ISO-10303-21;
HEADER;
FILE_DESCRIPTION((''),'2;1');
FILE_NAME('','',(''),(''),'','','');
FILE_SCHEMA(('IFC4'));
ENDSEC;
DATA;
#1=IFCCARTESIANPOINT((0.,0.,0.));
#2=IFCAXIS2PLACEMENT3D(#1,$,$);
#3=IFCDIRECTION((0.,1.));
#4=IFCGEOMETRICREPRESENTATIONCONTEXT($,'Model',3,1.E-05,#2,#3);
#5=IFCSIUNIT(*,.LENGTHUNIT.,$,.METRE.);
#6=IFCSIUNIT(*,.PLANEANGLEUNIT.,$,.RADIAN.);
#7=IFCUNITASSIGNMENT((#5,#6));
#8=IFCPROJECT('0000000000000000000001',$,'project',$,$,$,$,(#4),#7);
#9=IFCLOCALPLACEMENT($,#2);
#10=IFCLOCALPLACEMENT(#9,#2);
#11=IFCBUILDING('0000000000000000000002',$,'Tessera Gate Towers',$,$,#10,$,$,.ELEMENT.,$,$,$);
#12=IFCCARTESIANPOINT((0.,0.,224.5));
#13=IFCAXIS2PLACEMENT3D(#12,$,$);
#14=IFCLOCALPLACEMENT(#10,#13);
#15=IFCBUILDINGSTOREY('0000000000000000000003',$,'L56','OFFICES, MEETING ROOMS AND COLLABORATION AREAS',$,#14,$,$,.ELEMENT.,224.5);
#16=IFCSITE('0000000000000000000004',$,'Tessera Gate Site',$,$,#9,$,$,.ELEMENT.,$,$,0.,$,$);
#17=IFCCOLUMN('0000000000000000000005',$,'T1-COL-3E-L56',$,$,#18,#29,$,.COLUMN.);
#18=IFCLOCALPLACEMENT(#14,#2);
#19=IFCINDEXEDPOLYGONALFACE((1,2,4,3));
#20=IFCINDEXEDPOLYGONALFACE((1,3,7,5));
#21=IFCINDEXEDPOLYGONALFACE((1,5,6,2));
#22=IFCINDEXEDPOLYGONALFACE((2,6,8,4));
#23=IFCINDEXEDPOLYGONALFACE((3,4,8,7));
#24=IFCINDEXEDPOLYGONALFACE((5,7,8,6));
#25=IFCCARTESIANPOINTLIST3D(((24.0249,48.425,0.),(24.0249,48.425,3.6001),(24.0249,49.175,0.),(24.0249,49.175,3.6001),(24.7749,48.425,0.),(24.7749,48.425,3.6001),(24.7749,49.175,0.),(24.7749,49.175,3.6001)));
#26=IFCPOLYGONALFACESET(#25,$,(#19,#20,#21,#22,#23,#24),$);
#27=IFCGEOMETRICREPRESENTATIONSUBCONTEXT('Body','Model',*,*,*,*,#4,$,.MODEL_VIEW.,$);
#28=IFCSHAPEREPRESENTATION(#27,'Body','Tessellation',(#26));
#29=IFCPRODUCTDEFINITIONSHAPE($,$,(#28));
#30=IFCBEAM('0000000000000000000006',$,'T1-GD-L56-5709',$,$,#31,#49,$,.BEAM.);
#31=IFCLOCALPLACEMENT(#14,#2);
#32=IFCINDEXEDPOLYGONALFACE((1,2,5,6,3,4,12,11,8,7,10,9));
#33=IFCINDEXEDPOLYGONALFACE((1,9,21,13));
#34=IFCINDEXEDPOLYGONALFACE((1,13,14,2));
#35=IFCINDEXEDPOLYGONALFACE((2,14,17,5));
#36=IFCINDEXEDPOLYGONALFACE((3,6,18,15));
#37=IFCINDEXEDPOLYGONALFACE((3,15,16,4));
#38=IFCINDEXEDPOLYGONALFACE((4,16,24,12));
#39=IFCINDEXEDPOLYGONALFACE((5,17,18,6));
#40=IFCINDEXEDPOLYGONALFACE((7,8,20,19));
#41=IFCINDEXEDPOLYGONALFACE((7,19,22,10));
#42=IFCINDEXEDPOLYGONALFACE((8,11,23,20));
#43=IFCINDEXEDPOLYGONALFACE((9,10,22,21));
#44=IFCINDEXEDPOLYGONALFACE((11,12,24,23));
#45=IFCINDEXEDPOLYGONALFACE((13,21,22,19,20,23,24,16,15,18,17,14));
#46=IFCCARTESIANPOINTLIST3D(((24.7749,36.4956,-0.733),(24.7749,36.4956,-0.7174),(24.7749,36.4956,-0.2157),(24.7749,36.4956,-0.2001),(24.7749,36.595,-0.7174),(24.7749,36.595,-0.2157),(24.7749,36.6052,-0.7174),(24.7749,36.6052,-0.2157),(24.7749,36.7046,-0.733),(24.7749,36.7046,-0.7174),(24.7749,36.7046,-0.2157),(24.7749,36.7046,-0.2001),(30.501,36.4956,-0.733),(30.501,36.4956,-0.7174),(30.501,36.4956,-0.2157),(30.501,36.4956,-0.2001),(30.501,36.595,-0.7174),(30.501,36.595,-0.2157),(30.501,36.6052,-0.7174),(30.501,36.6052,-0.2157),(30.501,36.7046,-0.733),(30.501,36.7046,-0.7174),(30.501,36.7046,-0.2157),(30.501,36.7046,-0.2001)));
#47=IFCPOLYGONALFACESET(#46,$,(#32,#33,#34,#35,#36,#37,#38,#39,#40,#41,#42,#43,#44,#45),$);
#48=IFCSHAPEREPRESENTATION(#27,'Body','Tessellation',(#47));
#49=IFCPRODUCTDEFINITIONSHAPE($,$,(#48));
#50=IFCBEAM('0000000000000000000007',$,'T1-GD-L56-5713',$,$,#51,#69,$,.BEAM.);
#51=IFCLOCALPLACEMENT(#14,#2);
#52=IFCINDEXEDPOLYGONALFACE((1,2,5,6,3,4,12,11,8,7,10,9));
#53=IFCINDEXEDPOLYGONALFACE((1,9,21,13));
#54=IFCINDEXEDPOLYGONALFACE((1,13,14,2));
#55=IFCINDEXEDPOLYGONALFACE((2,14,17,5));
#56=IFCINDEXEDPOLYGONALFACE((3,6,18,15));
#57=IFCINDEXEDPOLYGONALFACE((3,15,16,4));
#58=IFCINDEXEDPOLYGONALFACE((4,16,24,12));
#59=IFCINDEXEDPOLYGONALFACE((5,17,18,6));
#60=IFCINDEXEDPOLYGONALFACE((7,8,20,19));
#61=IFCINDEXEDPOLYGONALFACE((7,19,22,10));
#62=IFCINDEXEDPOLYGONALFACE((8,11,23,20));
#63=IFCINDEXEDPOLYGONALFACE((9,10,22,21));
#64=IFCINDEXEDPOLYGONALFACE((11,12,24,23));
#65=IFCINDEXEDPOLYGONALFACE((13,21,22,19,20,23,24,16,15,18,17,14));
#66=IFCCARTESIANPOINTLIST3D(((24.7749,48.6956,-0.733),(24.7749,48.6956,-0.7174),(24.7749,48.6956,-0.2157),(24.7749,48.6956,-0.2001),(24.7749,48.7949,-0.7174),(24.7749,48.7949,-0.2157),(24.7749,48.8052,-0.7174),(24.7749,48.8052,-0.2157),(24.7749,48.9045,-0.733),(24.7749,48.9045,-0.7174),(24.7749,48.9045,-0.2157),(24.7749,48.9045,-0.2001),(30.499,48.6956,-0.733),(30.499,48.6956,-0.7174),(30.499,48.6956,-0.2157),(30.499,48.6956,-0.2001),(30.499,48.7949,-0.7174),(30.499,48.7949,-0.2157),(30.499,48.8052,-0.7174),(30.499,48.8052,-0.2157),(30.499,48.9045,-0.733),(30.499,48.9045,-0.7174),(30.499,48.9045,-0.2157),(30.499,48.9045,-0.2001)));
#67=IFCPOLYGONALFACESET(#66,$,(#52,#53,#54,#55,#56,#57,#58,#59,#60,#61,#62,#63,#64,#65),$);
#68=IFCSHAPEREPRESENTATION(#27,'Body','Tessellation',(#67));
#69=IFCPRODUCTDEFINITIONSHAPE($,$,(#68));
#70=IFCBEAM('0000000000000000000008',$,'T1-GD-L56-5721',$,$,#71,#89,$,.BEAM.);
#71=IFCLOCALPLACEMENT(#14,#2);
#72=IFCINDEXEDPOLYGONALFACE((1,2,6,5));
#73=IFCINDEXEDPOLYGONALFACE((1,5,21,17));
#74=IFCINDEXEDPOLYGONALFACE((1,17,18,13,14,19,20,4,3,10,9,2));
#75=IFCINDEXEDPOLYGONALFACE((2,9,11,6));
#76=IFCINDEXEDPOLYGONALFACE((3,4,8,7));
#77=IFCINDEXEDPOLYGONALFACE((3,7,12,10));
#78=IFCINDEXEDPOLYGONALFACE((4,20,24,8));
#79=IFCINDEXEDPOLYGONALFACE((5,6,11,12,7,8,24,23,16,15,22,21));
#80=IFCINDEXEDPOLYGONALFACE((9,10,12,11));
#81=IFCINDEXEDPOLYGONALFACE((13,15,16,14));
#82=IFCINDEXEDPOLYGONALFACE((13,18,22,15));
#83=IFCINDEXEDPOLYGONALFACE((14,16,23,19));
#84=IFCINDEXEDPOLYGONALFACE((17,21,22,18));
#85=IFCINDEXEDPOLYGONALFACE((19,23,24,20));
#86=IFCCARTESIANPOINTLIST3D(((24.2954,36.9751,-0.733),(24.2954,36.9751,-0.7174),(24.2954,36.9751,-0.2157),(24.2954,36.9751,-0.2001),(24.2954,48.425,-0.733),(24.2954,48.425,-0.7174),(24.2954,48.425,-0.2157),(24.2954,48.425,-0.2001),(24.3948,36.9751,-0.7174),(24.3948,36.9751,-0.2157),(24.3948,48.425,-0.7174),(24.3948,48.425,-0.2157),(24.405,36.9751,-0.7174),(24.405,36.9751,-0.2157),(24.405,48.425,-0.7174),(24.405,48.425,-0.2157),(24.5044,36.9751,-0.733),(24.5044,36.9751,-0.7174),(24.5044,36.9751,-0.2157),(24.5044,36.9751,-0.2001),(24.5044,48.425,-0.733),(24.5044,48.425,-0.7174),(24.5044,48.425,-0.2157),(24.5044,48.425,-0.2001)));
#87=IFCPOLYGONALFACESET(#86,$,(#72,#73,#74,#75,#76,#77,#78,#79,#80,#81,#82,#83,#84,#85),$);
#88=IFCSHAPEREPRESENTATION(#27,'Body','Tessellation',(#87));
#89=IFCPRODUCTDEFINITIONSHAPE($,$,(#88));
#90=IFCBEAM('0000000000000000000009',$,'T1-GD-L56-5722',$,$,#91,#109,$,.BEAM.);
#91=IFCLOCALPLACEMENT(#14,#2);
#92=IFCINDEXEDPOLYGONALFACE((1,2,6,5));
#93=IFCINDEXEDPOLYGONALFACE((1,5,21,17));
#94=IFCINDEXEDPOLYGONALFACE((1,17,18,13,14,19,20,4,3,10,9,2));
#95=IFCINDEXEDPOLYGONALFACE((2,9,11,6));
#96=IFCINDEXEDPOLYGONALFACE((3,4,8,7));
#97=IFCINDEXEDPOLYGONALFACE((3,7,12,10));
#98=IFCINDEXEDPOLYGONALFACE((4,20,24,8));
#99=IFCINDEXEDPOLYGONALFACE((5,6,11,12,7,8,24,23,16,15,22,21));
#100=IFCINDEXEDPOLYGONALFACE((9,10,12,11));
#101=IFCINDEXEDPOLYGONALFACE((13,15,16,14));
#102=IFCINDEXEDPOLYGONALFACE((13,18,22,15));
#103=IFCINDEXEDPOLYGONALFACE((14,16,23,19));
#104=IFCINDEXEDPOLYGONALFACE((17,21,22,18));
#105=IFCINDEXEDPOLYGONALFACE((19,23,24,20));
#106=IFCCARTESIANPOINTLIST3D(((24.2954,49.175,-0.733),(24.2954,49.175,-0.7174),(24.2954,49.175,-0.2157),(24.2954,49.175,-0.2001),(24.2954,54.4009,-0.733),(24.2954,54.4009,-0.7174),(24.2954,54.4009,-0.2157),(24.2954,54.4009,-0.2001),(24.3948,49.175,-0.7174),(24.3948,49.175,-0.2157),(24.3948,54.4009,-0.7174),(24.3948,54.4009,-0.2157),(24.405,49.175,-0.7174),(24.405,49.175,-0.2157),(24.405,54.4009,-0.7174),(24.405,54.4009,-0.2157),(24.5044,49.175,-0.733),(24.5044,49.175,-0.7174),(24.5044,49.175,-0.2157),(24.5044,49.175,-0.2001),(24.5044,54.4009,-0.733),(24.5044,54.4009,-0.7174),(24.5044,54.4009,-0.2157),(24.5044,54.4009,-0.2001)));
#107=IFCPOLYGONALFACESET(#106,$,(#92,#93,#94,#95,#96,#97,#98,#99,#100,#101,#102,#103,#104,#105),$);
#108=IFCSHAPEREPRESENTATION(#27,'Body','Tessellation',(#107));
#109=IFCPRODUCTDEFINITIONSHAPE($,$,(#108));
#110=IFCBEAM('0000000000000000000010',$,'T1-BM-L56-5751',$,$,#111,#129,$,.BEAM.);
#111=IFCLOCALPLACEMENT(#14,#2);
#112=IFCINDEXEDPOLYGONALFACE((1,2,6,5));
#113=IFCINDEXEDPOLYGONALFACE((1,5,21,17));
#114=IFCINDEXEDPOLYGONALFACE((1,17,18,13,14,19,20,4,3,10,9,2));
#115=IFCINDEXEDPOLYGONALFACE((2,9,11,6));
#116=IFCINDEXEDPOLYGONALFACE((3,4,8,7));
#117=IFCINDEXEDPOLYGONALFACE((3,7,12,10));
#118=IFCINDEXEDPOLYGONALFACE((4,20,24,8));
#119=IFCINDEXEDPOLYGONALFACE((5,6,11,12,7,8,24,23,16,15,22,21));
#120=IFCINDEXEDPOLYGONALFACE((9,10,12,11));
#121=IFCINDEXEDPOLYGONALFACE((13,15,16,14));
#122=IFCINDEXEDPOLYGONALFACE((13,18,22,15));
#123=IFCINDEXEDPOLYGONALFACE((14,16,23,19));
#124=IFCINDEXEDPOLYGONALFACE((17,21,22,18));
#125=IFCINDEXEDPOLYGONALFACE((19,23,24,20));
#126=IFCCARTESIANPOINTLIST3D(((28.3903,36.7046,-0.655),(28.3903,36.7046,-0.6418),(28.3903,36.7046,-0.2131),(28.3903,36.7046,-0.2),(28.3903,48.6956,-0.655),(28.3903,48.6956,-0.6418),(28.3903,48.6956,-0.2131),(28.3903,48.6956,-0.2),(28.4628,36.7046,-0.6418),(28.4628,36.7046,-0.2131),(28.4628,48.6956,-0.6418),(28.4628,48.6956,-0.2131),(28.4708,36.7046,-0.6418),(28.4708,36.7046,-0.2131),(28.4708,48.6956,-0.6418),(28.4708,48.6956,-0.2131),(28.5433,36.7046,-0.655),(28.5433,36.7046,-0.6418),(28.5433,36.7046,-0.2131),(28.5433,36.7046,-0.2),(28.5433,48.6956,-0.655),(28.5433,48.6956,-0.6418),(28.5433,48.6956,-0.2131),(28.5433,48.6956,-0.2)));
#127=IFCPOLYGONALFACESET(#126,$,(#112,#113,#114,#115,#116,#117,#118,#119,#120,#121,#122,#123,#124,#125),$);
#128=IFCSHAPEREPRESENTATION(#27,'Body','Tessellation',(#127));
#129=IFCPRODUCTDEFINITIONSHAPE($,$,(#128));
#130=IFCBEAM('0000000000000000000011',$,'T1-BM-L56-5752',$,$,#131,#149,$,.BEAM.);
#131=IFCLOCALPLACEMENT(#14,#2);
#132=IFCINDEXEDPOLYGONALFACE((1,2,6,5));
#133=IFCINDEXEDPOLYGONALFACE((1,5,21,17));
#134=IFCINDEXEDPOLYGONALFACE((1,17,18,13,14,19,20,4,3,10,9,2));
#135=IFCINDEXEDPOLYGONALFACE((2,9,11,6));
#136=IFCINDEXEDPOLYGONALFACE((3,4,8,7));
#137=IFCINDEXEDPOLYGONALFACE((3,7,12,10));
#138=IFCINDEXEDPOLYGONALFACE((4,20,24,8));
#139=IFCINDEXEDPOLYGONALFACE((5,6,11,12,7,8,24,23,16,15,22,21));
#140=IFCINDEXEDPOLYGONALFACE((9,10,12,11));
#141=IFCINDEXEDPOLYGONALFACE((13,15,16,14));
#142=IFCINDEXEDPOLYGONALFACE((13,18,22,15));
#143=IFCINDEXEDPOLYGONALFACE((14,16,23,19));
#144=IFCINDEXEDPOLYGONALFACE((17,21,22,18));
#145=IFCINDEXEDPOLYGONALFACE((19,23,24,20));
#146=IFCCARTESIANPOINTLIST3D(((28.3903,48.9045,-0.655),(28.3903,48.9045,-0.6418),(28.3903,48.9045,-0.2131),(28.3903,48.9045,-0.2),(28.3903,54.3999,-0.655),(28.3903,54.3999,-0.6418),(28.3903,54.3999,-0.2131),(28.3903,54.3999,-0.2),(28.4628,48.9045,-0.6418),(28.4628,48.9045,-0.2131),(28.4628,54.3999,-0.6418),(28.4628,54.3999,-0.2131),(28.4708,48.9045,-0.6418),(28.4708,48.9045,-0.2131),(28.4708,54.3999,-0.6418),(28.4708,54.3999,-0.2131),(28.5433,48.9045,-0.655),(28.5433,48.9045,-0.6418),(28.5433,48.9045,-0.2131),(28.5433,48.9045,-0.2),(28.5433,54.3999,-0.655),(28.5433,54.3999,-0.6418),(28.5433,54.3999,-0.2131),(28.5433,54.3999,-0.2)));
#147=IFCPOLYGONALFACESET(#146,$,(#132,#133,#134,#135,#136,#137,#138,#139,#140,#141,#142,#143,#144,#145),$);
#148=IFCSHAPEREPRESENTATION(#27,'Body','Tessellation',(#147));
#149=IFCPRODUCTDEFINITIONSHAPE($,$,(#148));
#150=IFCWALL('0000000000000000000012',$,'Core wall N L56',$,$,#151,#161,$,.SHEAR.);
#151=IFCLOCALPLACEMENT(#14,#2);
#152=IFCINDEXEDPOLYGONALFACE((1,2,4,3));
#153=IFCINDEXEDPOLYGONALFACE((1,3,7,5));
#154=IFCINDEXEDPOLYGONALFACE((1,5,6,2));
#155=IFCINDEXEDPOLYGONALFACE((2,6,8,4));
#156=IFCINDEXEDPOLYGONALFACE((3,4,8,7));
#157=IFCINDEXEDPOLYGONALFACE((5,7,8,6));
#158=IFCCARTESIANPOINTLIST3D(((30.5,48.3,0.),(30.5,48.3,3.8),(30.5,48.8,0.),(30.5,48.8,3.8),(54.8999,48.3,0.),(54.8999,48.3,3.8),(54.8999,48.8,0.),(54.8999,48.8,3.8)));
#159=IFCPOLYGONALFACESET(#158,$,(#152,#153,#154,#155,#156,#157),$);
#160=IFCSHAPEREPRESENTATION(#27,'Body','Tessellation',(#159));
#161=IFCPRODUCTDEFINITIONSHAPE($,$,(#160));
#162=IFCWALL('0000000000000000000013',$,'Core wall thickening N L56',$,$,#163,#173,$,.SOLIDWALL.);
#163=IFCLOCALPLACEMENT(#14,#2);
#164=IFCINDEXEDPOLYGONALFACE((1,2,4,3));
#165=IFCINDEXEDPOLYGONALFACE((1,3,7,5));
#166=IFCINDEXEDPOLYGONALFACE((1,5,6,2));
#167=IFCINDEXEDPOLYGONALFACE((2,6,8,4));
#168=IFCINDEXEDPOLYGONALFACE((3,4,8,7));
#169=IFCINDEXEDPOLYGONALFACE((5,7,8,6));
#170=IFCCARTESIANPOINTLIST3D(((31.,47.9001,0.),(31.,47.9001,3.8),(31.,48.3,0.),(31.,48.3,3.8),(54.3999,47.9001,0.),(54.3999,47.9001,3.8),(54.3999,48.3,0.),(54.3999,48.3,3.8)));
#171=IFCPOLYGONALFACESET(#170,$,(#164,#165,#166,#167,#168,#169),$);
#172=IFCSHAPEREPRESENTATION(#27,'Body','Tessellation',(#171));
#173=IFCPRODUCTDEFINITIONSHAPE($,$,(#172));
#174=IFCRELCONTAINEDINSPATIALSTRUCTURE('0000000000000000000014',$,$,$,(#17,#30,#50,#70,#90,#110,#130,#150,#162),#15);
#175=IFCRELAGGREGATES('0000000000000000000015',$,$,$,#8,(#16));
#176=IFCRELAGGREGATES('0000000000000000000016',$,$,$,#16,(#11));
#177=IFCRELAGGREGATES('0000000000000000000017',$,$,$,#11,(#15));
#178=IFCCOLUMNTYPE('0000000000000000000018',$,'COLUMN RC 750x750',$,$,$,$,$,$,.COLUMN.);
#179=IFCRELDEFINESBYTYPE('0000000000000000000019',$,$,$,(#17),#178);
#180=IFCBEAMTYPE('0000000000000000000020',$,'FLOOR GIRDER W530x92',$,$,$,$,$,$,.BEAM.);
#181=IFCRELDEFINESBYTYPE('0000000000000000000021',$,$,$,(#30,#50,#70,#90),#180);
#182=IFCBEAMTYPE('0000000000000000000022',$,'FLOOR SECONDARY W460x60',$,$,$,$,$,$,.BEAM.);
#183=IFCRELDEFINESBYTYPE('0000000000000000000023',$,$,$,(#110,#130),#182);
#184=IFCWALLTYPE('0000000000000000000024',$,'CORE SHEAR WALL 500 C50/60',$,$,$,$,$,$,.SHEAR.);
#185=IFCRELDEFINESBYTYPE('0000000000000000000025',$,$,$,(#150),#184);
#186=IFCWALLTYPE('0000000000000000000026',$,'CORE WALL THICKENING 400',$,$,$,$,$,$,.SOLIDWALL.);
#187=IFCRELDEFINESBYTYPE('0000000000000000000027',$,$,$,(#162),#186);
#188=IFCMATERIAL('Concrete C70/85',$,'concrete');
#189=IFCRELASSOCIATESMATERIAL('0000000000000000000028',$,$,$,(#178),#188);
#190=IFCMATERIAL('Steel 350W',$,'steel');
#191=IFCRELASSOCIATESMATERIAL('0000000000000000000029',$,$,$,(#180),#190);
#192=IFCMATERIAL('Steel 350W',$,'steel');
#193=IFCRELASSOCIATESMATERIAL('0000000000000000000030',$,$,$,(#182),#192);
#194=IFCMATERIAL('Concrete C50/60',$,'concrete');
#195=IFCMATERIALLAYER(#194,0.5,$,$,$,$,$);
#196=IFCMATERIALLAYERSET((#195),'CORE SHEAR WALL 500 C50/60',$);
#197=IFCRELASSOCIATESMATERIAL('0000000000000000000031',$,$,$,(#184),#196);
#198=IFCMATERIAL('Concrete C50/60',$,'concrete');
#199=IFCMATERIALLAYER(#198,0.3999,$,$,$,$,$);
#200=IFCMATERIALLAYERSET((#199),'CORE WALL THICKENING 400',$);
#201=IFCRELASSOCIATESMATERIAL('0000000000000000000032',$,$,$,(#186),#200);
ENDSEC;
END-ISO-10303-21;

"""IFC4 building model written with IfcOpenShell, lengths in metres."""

from ifc_helpers import new_model, si_unit, direction, frame, frame_2d, origin, origin_2d, place, context, subcontext, project, spatial, rectangle, i_section, extrude, material, layer, layer_set, material_profile, profile_set, type_object, element, save


model = new_model("IFC4")

# Units and contexts
model_context = context("Model", 3, precision=1e-05, world=origin(), true_north=direction((0.0, 1.0)))
body_context = subcontext(model_context, "Body", "Model", "MODEL_VIEW")
ifc_project = project(units=[si_unit("LENGTHUNIT", "METRE"), si_unit("PLANEANGLEUNIT", "RADIAN")], contexts=[model_context])

# Site, building, storey
site_placement = place(None, origin())
site = spatial("IfcSite", under=ifc_project, at=site_placement, Name="Tessera Gate Site", CompositionType="ELEMENT", RefElevation=0.0)
building_placement = place(site_placement, origin())
building = spatial("IfcBuilding", under=site, at=building_placement, Name="Tessera Gate Towers", CompositionType="ELEMENT")
storey_placement = place(building_placement, frame((0.0, 0.0, 224.5)))
storey = spatial("IfcBuildingStorey", under=building, at=storey_placement, Name="L56", Description="OFFICES, MEETING ROOMS AND COLLABORATION AREAS", CompositionType="ELEMENT", Elevation=224.5)

# Column
ifc_material_1 = material(Name="Concrete C70/85", Category="concrete")
ifc_material_profile_1 = material_profile(ifc_material_1, rectangle(XDim=0.75, YDim=0.75, at=origin_2d()), Name="RC 750x750")
ifc_profile_set_1 = profile_set([ifc_material_profile_1], Name="Concrete C70/85")
column_type = type_object("IfcColumnType", Name="COLUMN RC 750x750", PredefinedType="COLUMN", material=ifc_profile_set_1)
column_placement = place(storey_placement, frame((24.3999, 48.8, 0.0), z_axis=(0.0, 0.0, 1.0), x_axis=(1.0, 0.0, 0.0)))
element("IfcColumn", 1, at=column_placement, inside=storey, type_object=column_type, Name="T1-COL-3E-L56", PredefinedType="COLUMN", context=body_context, shape_type="SweptSolid", body=[
    extrude(rectangle(XDim=0.75, YDim=0.75, at=origin_2d()), origin(), (0.0, 0.0, 1.0), 3.6001),
])

# Beams
ifc_material_2 = material(Name="Steel 350W", Category="steel")
ifc_material_profile_2 = material_profile(ifc_material_2, i_section(OverallWidth=0.209, OverallDepth=0.533, WebThickness=0.0103, FlangeThickness=0.0156, at=origin_2d()), Name="W530x92")
ifc_profile_set_2 = profile_set([ifc_material_profile_2], Name="Steel 350W")
beam_type_1 = type_object("IfcBeamType", Name="FLOOR GIRDER W530x92", PredefinedType="BEAM", material=ifc_profile_set_2)
beam_1_placement = place(storey_placement, frame((24.7749, 36.6001, -0.4666), z_axis=(1.0, 0.0, 0.0), x_axis=(0.0, 1.0, 0.0)))
element("IfcBeam", 2, at=beam_1_placement, inside=storey, type_object=beam_type_1, Name="T1-GD-L56-5709", PredefinedType="BEAM", context=body_context, shape_type="SweptSolid", body=[
    extrude(i_section(OverallWidth=0.209, OverallDepth=0.533, WebThickness=0.0103, FlangeThickness=0.0156, at=origin_2d()), origin(), (0.0, 0.0, 1.0), 5.7261),
])
beam_2_placement = place(storey_placement, frame((24.7749, 48.8, -0.4666), z_axis=(1.0, 0.0, 0.0), x_axis=(0.0, 1.0, 0.0)))
element("IfcBeam", 3, at=beam_2_placement, inside=storey, type_object=beam_type_1, Name="T1-GD-L56-5713", PredefinedType="BEAM", context=body_context, shape_type="SweptSolid", body=[
    extrude(i_section(OverallWidth=0.209, OverallDepth=0.533, WebThickness=0.0103, FlangeThickness=0.0156, at=origin_2d()), origin(), (0.0, 0.0, 1.0), 5.7241),
])
beam_3_placement = place(storey_placement, frame((24.3999, 36.9751, -0.4666), z_axis=(0.0, 1.0, 0.0), x_axis=(-1.0, 0.0, 0.0)))
element("IfcBeam", 4, at=beam_3_placement, inside=storey, type_object=beam_type_1, Name="T1-GD-L56-5721", PredefinedType="BEAM", context=body_context, shape_type="SweptSolid", body=[
    extrude(i_section(OverallWidth=0.209, OverallDepth=0.533, WebThickness=0.0103, FlangeThickness=0.0156, at=origin_2d()), origin(), (0.0, 0.0, 1.0), 11.45),
])
beam_4_placement = place(storey_placement, frame((24.3999, 49.175, -0.4666), z_axis=(0.0, 1.0, 0.0), x_axis=(-1.0, 0.0, 0.0)))
element("IfcBeam", 5, at=beam_4_placement, inside=storey, type_object=beam_type_1, Name="T1-GD-L56-5722", PredefinedType="BEAM", context=body_context, shape_type="SweptSolid", body=[
    extrude(i_section(OverallWidth=0.209, OverallDepth=0.533, WebThickness=0.0103, FlangeThickness=0.0156, at=origin_2d()), origin(), (0.0, 0.0, 1.0), 5.2258),
])
ifc_material_3 = material(Name="Steel 350W", Category="steel")
ifc_material_profile_3 = material_profile(ifc_material_3, i_section(OverallWidth=0.1531, OverallDepth=0.4551, WebThickness=0.0081, FlangeThickness=0.0132, at=origin_2d()), Name="W460x60")
ifc_profile_set_3 = profile_set([ifc_material_profile_3], Name="Steel 350W")
beam_type_2 = type_object("IfcBeamType", Name="FLOOR SECONDARY W460x60", PredefinedType="BEAM", material=ifc_profile_set_3)
beam_5_placement = place(storey_placement, frame((28.4668, 36.7046, -0.4275), z_axis=(0.0, 1.0, 0.0), x_axis=(-1.0, 0.0, 0.0)))
element("IfcBeam", 6, at=beam_5_placement, inside=storey, type_object=beam_type_2, Name="T1-BM-L56-5751", PredefinedType="BEAM", context=body_context, shape_type="SweptSolid", body=[
    extrude(i_section(OverallWidth=0.1531, OverallDepth=0.4551, WebThickness=0.0081, FlangeThickness=0.0132, at=origin_2d()), origin(), (0.0, 0.0, 1.0), 11.991),
])
beam_6_placement = place(storey_placement, frame((28.4668, 48.9045, -0.4275), z_axis=(0.0, 1.0, 0.0), x_axis=(-1.0, 0.0, 0.0)))
element("IfcBeam", 7, at=beam_6_placement, inside=storey, type_object=beam_type_2, Name="T1-BM-L56-5752", PredefinedType="BEAM", context=body_context, shape_type="SweptSolid", body=[
    extrude(i_section(OverallWidth=0.1531, OverallDepth=0.4551, WebThickness=0.0081, FlangeThickness=0.0132, at=origin_2d()), origin(), (0.0, 0.0, 1.0), 5.4954),
])

# Walls
ifc_material_4 = material(Name="Concrete C50/60", Category="concrete")
ifc_layer_1 = layer(ifc_material_4, 0.5)
ifc_layer_set_1 = layer_set([ifc_layer_1], Name="CORE SHEAR WALL 500 C50/60")
wall_type_1 = type_object("IfcWallType", Name="CORE SHEAR WALL 500 C50/60", PredefinedType="SHEAR", material=ifc_layer_set_1)
wall_1_placement = place(storey_placement, frame((30.5, 48.55, 0.0), z_axis=(0.0, 0.0, 1.0), x_axis=(1.0, 0.0, 0.0)))
element("IfcWall", 8, at=wall_1_placement, inside=storey, type_object=wall_type_1, Name="Core wall N L56", PredefinedType="SHEAR", context=body_context, shape_type="SweptSolid", body=[
    extrude(rectangle(XDim=24.3999, YDim=0.5, at=frame_2d((12.2, 0.0))), origin(), (0.0, 0.0, 1.0), 3.8),
])
ifc_material_5 = material(Name="Concrete C50/60", Category="concrete")
ifc_layer_2 = layer(ifc_material_5, 0.3999)
ifc_layer_set_2 = layer_set([ifc_layer_2], Name="CORE WALL THICKENING 400")
wall_type_2 = type_object("IfcWallType", Name="CORE WALL THICKENING 400", PredefinedType="SOLIDWALL", material=ifc_layer_set_2)
wall_2_placement = place(storey_placement, frame((31.0, 48.1001, 0.0), z_axis=(0.0, 0.0, 1.0), x_axis=(1.0, 0.0, 0.0)))
element("IfcWall", 9, at=wall_2_placement, inside=storey, type_object=wall_type_2, Name="Core wall thickening N L56", PredefinedType="SOLIDWALL", context=body_context, shape_type="SweptSolid", body=[
    extrude(rectangle(XDim=23.3999, YDim=0.3999, at=frame_2d((11.7, 0.0))), origin(), (0.0, 0.0, 1.0), 3.8),
])

save(model, "model.ifc")
